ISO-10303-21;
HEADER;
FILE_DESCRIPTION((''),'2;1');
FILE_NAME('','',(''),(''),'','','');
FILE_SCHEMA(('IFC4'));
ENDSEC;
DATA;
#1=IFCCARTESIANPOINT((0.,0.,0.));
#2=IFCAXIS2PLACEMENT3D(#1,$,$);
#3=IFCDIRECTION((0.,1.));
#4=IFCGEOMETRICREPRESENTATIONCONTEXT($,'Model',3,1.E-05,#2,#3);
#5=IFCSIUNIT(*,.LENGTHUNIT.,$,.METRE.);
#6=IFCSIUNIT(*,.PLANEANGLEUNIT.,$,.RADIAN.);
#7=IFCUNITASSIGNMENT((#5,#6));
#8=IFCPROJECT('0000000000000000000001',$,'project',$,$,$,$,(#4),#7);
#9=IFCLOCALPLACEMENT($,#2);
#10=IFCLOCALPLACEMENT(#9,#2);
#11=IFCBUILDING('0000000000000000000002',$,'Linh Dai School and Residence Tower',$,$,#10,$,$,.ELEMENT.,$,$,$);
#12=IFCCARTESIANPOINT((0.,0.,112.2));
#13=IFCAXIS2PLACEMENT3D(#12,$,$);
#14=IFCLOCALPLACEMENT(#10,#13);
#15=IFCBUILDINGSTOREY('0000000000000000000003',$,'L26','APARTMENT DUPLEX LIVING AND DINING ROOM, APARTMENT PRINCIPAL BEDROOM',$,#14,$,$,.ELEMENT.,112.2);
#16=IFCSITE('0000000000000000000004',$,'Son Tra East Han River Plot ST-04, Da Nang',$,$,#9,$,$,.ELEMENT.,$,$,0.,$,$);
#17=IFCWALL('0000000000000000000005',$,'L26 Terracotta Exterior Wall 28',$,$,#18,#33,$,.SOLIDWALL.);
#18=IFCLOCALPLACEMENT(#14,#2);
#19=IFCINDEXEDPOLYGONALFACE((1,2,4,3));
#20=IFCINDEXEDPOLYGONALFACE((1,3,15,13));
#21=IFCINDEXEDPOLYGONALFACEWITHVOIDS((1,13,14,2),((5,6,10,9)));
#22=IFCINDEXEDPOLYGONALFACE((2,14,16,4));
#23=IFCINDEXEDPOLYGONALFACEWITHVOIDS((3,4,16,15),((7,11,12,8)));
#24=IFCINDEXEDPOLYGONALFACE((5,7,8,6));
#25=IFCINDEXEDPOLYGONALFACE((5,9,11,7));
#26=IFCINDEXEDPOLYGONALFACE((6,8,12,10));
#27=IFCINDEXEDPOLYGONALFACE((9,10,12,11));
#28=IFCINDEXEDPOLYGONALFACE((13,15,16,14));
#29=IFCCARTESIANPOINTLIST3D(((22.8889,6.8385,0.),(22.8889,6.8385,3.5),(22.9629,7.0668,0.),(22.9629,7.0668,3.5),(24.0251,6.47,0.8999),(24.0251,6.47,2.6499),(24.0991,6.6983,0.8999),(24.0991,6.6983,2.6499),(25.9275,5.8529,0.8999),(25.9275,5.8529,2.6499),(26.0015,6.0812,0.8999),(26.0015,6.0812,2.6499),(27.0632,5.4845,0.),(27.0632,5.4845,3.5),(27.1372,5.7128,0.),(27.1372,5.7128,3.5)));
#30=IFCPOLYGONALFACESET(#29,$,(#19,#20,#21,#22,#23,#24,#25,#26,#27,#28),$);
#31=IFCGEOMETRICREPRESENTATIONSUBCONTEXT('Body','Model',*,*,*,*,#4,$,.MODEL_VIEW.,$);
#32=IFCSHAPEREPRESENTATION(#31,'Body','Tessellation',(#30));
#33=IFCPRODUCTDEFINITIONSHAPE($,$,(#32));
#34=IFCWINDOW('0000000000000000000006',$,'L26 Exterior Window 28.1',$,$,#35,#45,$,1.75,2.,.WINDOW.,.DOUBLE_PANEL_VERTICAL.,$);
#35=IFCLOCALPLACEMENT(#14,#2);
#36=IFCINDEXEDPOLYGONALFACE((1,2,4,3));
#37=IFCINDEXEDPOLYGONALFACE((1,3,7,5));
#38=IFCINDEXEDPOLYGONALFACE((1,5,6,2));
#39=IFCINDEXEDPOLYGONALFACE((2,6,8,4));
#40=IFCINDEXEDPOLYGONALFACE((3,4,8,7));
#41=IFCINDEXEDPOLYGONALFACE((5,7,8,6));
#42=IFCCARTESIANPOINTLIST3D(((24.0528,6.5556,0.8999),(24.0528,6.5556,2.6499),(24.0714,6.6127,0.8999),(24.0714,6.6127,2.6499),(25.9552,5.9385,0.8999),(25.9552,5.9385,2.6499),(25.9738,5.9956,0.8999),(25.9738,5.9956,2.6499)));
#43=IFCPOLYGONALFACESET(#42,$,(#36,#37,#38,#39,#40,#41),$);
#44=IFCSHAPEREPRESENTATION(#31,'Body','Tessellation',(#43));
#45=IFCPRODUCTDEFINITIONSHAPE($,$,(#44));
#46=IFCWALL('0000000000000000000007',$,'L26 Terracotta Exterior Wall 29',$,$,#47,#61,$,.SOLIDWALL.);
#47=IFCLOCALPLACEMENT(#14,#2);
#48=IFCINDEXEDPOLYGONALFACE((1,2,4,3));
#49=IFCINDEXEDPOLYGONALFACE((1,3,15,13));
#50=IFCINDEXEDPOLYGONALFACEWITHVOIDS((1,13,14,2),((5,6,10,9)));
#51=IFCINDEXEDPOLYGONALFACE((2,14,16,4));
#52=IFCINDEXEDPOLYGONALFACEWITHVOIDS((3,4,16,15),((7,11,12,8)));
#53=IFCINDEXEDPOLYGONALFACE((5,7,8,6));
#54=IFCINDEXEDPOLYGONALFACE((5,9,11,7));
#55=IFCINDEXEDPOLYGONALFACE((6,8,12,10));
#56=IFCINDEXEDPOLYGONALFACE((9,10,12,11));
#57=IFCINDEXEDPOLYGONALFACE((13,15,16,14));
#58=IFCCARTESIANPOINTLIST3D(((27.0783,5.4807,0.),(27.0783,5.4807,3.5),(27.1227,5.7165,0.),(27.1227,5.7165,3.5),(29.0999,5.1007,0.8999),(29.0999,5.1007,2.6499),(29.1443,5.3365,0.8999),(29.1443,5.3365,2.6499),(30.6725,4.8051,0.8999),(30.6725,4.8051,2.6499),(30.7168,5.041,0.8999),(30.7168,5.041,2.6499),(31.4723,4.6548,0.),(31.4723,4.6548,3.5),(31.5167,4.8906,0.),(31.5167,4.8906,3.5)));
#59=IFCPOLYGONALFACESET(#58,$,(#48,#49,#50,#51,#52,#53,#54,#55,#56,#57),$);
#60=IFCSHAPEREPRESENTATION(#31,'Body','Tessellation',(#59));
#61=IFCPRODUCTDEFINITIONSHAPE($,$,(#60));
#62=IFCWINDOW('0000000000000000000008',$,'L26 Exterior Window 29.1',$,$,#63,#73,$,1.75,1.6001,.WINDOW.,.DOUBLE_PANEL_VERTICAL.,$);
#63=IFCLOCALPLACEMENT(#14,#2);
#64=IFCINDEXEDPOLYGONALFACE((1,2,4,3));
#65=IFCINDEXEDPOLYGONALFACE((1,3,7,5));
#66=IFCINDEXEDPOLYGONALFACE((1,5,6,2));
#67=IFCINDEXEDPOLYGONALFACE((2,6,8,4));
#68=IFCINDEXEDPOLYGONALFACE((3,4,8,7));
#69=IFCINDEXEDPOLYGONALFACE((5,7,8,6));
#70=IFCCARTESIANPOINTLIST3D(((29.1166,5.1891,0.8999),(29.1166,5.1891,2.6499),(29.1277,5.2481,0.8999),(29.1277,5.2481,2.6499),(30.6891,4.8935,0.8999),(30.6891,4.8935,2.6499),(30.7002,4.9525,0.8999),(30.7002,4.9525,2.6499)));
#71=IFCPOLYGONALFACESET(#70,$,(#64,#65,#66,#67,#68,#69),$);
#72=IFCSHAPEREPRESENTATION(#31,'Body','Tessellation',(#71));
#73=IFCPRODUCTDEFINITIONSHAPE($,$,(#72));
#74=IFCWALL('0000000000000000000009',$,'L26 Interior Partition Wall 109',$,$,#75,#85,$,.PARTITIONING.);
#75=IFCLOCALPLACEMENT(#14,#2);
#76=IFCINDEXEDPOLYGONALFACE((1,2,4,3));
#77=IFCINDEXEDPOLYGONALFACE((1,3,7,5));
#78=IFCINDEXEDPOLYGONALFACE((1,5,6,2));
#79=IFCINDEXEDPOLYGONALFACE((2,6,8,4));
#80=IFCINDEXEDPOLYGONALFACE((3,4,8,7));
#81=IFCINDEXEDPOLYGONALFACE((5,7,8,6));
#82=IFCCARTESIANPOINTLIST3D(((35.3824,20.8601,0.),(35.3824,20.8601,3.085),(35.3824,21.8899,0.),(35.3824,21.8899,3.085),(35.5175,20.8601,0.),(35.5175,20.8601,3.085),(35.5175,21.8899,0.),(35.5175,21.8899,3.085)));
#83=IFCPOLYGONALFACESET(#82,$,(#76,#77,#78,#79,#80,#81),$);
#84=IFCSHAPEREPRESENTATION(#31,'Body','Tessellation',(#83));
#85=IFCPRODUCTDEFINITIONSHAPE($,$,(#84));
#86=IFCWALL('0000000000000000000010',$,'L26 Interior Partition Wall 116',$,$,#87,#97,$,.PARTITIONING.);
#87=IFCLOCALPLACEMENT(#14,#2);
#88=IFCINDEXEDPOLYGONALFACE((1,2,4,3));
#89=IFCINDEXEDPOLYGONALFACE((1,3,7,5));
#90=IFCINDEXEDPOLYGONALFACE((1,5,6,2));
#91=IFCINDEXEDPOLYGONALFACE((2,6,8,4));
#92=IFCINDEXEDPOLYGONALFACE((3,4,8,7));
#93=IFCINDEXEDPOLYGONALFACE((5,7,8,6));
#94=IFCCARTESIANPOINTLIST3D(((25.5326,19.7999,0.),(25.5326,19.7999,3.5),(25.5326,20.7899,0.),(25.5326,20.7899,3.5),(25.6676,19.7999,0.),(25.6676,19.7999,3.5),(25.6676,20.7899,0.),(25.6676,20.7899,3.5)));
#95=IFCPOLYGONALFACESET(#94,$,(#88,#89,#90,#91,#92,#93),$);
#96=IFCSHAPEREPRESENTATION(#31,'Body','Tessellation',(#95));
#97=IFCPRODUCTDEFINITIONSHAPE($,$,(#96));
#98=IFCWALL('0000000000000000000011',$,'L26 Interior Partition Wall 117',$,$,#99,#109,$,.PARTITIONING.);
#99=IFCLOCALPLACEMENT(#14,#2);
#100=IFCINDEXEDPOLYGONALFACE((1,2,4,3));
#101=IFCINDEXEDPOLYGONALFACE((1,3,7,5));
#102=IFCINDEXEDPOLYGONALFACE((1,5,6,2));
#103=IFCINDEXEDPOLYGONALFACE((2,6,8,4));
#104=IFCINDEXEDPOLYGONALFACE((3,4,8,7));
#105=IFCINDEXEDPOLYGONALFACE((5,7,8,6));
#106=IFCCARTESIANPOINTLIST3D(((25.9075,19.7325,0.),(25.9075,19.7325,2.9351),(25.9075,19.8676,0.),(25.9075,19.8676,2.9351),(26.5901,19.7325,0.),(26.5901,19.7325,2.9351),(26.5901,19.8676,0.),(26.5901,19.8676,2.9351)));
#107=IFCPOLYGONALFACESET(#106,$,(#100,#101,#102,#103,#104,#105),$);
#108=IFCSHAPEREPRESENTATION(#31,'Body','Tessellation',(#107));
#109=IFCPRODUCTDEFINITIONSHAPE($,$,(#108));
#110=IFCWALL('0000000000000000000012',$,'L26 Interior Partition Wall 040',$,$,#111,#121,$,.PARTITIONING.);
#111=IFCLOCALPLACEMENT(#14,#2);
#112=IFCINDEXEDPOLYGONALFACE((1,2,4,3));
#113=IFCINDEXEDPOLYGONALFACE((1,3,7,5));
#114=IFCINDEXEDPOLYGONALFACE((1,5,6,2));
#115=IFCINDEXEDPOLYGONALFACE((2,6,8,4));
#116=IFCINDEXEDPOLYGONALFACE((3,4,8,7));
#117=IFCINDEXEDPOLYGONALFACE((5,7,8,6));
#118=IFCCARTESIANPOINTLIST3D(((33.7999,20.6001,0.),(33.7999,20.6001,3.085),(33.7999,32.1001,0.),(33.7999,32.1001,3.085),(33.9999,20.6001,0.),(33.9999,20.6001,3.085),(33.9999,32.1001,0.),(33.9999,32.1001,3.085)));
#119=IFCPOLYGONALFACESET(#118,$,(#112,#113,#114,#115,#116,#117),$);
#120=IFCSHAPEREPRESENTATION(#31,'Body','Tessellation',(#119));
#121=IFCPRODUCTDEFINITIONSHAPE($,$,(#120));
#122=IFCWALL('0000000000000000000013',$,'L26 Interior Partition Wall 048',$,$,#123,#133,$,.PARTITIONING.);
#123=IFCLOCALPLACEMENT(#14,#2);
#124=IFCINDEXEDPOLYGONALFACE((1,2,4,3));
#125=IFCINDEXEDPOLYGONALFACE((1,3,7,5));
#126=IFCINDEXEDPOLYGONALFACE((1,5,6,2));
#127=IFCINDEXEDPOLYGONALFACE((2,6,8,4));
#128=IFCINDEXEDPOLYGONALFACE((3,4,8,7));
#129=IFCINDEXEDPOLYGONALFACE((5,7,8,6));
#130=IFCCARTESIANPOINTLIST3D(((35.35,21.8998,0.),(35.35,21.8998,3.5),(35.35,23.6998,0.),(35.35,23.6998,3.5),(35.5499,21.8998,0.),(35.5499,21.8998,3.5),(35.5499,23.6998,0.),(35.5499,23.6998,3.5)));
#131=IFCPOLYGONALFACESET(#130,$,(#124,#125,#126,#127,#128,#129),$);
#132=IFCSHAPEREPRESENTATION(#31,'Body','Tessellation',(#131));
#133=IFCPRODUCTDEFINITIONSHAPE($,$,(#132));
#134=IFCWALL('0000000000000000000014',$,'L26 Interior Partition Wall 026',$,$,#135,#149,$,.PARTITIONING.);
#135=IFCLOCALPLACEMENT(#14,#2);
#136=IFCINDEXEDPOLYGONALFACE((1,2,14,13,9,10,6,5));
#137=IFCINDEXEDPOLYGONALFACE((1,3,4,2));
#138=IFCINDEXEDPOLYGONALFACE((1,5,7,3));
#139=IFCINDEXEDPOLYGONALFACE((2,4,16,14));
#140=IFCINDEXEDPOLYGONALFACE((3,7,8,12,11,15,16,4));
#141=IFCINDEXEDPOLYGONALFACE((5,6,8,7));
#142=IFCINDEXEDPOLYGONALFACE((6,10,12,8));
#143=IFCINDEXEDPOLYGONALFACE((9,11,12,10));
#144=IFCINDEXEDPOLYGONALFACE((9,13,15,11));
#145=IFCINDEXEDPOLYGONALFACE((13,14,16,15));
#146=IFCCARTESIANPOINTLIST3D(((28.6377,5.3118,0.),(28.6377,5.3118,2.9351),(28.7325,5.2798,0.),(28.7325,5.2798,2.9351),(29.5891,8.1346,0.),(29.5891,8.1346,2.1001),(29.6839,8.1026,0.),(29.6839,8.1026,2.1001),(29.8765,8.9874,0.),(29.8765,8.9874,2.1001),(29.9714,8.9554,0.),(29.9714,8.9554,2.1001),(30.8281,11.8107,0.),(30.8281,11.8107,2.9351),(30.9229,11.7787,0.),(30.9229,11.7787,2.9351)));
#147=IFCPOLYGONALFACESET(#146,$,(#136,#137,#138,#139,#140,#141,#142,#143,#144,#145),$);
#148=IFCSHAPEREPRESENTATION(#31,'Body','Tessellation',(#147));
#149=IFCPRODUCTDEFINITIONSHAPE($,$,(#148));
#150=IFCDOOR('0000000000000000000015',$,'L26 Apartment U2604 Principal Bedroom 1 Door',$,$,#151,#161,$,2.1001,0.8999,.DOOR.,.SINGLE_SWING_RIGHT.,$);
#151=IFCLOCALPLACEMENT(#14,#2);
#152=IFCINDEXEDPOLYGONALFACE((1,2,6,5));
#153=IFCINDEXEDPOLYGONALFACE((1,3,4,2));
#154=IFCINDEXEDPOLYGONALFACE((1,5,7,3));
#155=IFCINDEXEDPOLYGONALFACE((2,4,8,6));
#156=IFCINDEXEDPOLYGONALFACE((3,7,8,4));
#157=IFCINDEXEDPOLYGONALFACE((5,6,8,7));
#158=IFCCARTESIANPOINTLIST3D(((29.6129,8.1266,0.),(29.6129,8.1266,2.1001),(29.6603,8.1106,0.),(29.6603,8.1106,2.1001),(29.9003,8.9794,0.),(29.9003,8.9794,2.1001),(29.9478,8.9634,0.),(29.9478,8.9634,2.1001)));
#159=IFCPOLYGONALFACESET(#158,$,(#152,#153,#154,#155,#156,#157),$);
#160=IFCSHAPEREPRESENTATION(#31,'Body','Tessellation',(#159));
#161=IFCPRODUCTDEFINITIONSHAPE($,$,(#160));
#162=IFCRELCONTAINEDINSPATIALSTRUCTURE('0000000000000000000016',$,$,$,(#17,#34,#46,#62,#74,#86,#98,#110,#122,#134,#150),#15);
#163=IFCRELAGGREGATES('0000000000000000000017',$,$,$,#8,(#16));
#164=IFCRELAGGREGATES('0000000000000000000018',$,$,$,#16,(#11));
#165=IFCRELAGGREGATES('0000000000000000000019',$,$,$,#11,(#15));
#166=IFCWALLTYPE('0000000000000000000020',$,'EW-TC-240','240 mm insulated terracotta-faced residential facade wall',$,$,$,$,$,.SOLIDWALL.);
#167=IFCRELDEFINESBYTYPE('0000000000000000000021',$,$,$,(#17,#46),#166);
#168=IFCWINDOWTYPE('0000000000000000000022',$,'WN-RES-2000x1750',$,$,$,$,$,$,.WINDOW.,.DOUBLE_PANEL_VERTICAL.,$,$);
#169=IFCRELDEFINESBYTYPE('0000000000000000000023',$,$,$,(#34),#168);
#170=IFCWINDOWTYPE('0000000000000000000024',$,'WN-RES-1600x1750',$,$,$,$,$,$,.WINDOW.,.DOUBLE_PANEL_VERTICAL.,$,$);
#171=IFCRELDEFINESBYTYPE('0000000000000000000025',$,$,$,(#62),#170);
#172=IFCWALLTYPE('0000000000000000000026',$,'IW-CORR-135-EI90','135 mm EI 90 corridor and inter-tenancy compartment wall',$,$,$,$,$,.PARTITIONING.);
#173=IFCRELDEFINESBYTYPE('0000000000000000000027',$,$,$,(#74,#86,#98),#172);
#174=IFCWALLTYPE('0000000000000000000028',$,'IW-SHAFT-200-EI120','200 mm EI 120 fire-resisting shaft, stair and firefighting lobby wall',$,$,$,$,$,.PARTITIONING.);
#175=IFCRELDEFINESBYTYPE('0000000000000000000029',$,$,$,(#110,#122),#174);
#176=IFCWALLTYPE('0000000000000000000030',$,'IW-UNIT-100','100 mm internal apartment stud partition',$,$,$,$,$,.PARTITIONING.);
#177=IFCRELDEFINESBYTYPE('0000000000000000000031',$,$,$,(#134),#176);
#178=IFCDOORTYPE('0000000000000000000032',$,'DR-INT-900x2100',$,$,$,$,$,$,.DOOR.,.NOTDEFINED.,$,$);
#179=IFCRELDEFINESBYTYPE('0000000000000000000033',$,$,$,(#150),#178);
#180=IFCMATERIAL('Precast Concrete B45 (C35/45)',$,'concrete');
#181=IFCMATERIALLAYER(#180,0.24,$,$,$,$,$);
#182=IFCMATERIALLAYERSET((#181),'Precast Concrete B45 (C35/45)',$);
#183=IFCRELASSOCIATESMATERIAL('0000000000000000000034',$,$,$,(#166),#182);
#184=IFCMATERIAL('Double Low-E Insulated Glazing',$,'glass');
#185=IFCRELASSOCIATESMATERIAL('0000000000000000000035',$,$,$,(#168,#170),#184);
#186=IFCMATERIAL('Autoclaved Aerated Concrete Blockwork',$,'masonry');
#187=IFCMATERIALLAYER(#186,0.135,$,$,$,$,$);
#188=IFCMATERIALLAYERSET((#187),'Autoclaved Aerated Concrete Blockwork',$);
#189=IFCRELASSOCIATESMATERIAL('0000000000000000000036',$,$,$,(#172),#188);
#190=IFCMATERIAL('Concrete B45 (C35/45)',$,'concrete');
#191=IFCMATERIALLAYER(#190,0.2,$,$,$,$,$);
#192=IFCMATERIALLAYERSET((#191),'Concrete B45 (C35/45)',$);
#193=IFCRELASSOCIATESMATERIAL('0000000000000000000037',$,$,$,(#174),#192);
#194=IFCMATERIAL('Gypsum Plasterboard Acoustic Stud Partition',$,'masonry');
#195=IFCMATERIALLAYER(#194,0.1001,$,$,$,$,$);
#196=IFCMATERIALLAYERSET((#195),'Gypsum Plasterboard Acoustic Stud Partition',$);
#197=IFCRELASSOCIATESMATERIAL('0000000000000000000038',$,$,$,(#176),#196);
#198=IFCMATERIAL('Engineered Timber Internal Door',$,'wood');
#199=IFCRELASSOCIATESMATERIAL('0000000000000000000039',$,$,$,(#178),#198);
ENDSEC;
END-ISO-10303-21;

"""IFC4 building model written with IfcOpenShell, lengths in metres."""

from ifc_helpers import new_model, si_unit, direction, frame, frame_2d, origin, origin_2d, place, context, subcontext, project, spatial, rectangle, extrude, source, transform, mapped, material, layer, layer_set, type_object, element, fill, save


model = new_model("IFC4")

# Units and contexts
model_context = context("Model", 3, precision=1e-05, world=origin(), true_north=direction((0.0, 1.0)))
body_context = subcontext(model_context, "Body", "Model", "MODEL_VIEW")
ifc_project = project(units=[si_unit("LENGTHUNIT", "METRE"), si_unit("PLANEANGLEUNIT", "RADIAN")], contexts=[model_context])

# Site, building, storey
site_placement = place(None, origin())
site = spatial("IfcSite", under=ifc_project, at=site_placement, Name="Son Tra East Han River Plot ST-04, Da Nang", CompositionType="ELEMENT", RefElevation=0.0)
building_placement = place(site_placement, origin())
building = spatial("IfcBuilding", under=site, at=building_placement, Name="Linh Dai School and Residence Tower", CompositionType="ELEMENT")
storey_placement = place(building_placement, frame((0.0, 0.0, 112.2)))
storey = spatial("IfcBuildingStorey", under=building, at=storey_placement, Name="L26", Description="APARTMENT DUPLEX LIVING AND DINING ROOM, APARTMENT PRINCIPAL BEDROOM", CompositionType="ELEMENT", Elevation=112.2)

# Shared definitions
ifc_material_1 = material(Name="Precast Concrete B45 (C35/45)", Category="concrete")

# Walls, openings, windows
ifc_layer_1 = layer(ifc_material_1, 0.24)
ifc_layer_set_1 = layer_set([ifc_layer_1], Name="Precast Concrete B45 (C35/45)")
wall_type_1 = type_object("IfcWallType", Name="EW-TC-240", Description="240 mm insulated terracotta-faced residential facade wall", PredefinedType="SOLIDWALL", material=ifc_layer_set_1)
wall_1_placement = place(storey_placement, frame((27.1003, 5.5986, 0.0), z_axis=(0.0, 0.0, 1.0), x_axis=(-0.951211, 0.30854, 0.0)))
wall_1 = element("IfcWall", 1, at=wall_1_placement, inside=storey, type_object=wall_type_1, Name="L26 Terracotta Exterior Wall 28", PredefinedType="SOLIDWALL", context=body_context, shape_type="SweptSolid", body=[
    extrude(rectangle(XDim=4.3884, YDim=0.24, at=frame_2d((2.1943, 0.0))), origin(), (0.0, 0.0, 1.0), 3.5),
])
opening_1_placement = place(wall_1_placement, frame((1.1941, 0.0, 0.8999)))
opening_1 = element("IfcOpeningElement", 2, at=opening_1_placement, cuts=wall_1, PredefinedType="OPENING", context=body_context, shape_type="SweptSolid", body=[
    extrude(rectangle(XDim=2.0, YDim=1.75, at=origin_2d()), frame((1.0, 0.1299, 0.875), z_axis=(0.0, -1.0, 0.0), x_axis=(1.0, 0.0, 0.0)), (0.0, 0.0, 1.0), 0.26),
])
ifc_material_2 = material(Name="Double Low-E Insulated Glazing", Category="glass")
window_type_1 = type_object("IfcWindowType", Name="WN-RES-2000x1750", PartitioningType="DOUBLE_PANEL_VERTICAL", PredefinedType="WINDOW", material=ifc_material_2)
shared_shape_1 = source(origin(), body_context, "Body", "SweptSolid", [
    extrude(rectangle(XDim=2.0, YDim=1.75, at=origin_2d()), frame((1.0, 0.03, 0.875), z_axis=(0.0, -1.0, 0.0), x_axis=(1.0, 0.0, 0.0)), (0.0, 0.0, 1.0), 0.0601),
])
window_1_placement = place(opening_1_placement, origin())
window_1 = element("IfcWindow", 3, at=window_1_placement, inside=storey, type_object=window_type_1, Name="L26 Exterior Window 28.1", OverallHeight=1.75, OverallWidth=2.0, PartitioningType="DOUBLE_PANEL_VERTICAL", PredefinedType="WINDOW", context=body_context, shape_type="MappedRepresentation", body=[
    mapped(shared_shape_1, transform((0.0, 0.0, 0.0), x_axis=(1.0, 0.0, 0.0), y_axis=(0.0, 1.0, 0.0), z_axis=(0.0, 0.0, 1.0), scale=1.0)),
])
fill(opening_1, window_1)
wall_2_placement = place(storey_placement, frame((31.4944, 4.7727, 0.0), z_axis=(0.0, 0.0, 1.0), x_axis=(-0.982789, 0.18473, 0.0)))
wall_2 = element("IfcWall", 4, at=wall_2_placement, inside=storey, type_object=wall_type_1, Name="L26 Terracotta Exterior Wall 29", PredefinedType="SOLIDWALL", context=body_context, shape_type="SweptSolid", body=[
    extrude(rectangle(XDim=4.4709, YDim=0.24, at=frame_2d((2.2354, 0.0))), origin(), (0.0, 0.0, 1.0), 3.5),
])
opening_2_placement = place(wall_2_placement, frame((0.8137, 0.0, 0.8999)))
opening_2 = element("IfcOpeningElement", 5, at=opening_2_placement, cuts=wall_2, PredefinedType="OPENING", context=body_context, shape_type="SweptSolid", body=[
    extrude(rectangle(XDim=1.6001, YDim=1.75, at=origin_2d()), frame((0.8, 0.1299, 0.875), z_axis=(0.0, -1.0, 0.0), x_axis=(1.0, 0.0, 0.0)), (0.0, 0.0, 1.0), 0.26),
])
window_type_2 = type_object("IfcWindowType", Name="WN-RES-1600x1750", PartitioningType="DOUBLE_PANEL_VERTICAL", PredefinedType="WINDOW", material=ifc_material_2)
shared_shape_2 = source(origin(), body_context, "Body", "SweptSolid", [
    extrude(rectangle(XDim=1.6001, YDim=1.75, at=origin_2d()), frame((0.8, 0.03, 0.875), z_axis=(0.0, -1.0, 0.0), x_axis=(1.0, 0.0, 0.0)), (0.0, 0.0, 1.0), 0.0601),
])
window_2_placement = place(opening_2_placement, origin())
window_2 = element("IfcWindow", 6, at=window_2_placement, inside=storey, type_object=window_type_2, Name="L26 Exterior Window 29.1", OverallHeight=1.75, OverallWidth=1.6001, PartitioningType="DOUBLE_PANEL_VERTICAL", PredefinedType="WINDOW", context=body_context, shape_type="MappedRepresentation", body=[
    mapped(shared_shape_2, transform((0.0, 0.0, 0.0), x_axis=(1.0, 0.0, 0.0), y_axis=(0.0, 1.0, 0.0), z_axis=(0.0, 0.0, 1.0), scale=1.0)),
])
fill(opening_2, window_2)

# Walls
ifc_material_3 = material(Name="Autoclaved Aerated Concrete Blockwork", Category="masonry")
ifc_layer_2 = layer(ifc_material_3, 0.135)
ifc_layer_set_2 = layer_set([ifc_layer_2], Name="Autoclaved Aerated Concrete Blockwork")
wall_type_2 = type_object("IfcWallType", Name="IW-CORR-135-EI90", Description="135 mm EI 90 corridor and inter-tenancy compartment wall", PredefinedType="PARTITIONING", material=ifc_layer_set_2)
wall_3_placement = place(storey_placement, frame((35.45, 21.8899, 0.0), z_axis=(0.0, 0.0, 1.0), x_axis=(0.0, -1.0, 0.0)))
element("IfcWall", 7, at=wall_3_placement, inside=storey, type_object=wall_type_2, Name="L26 Interior Partition Wall 109", PredefinedType="PARTITIONING", context=body_context, shape_type="SweptSolid", body=[
    extrude(rectangle(XDim=1.0298, YDim=0.135, at=frame_2d((0.5149, 0.0))), origin(), (0.0, 0.0, 1.0), 3.085),
])
wall_4_placement = place(storey_placement, frame((25.6001, 20.79, 0.0), z_axis=(0.0, 0.0, 1.0), x_axis=(0.0, -1.0, 0.0)))
element("IfcWall", 8, at=wall_4_placement, inside=storey, type_object=wall_type_2, Name="L26 Interior Partition Wall 116", PredefinedType="PARTITIONING", context=body_context, shape_type="SweptSolid", body=[
    extrude(rectangle(XDim=0.99, YDim=0.135, at=frame_2d((0.4951, 0.0))), origin(), (0.0, 0.0, 1.0), 3.5),
])
wall_5_placement = place(storey_placement, frame((25.9075, 19.8, 0.0), z_axis=(0.0, 0.0, 1.0), x_axis=(1.0, 0.0, 0.0)))
element("IfcWall", 9, at=wall_5_placement, inside=storey, type_object=wall_type_2, Name="L26 Interior Partition Wall 117", PredefinedType="PARTITIONING", context=body_context, shape_type="SweptSolid", body=[
    extrude(rectangle(XDim=0.6826, YDim=0.135, at=frame_2d((0.3413, 0.0))), origin(), (0.0, 0.0, 1.0), 2.9351),
])
ifc_material_4 = material(Name="Concrete B45 (C35/45)", Category="concrete")
ifc_layer_3 = layer(ifc_material_4, 0.2)
ifc_layer_set_3 = layer_set([ifc_layer_3], Name="Concrete B45 (C35/45)")
wall_type_3 = type_object("IfcWallType", Name="IW-SHAFT-200-EI120", Description="200 mm EI 120 fire-resisting shaft, stair and firefighting lobby wall", PredefinedType="PARTITIONING", material=ifc_layer_set_3)
wall_6_placement = place(storey_placement, frame((33.8999, 20.6001, 0.0), z_axis=(0.0, 0.0, 1.0), x_axis=(0.0, 1.0, 0.0)))
element("IfcWall", 10, at=wall_6_placement, inside=storey, type_object=wall_type_3, Name="L26 Interior Partition Wall 040", PredefinedType="PARTITIONING", context=body_context, shape_type="SweptSolid", body=[
    extrude(rectangle(XDim=11.5, YDim=0.2, at=frame_2d((5.75, 0.0))), origin(), (0.0, 0.0, 1.0), 3.085),
])
wall_7_placement = place(storey_placement, frame((35.45, 21.8999, 0.0), z_axis=(0.0, 0.0, 1.0), x_axis=(0.0, 1.0, 0.0)))
element("IfcWall", 11, at=wall_7_placement, inside=storey, type_object=wall_type_3, Name="L26 Interior Partition Wall 048", PredefinedType="PARTITIONING", context=body_context, shape_type="SweptSolid", body=[
    extrude(rectangle(XDim=1.8, YDim=0.2, at=frame_2d((0.8999, 0.0))), origin(), (0.0, 0.0, 1.0), 3.5),
])

# Wall, opening, door
ifc_material_5 = material(Name="Gypsum Plasterboard Acoustic Stud Partition", Category="masonry")
ifc_layer_4 = layer(ifc_material_5, 0.1001)
ifc_layer_set_4 = layer_set([ifc_layer_4], Name="Gypsum Plasterboard Acoustic Stud Partition")
wall_type_4 = type_object("IfcWallType", Name="IW-UNIT-100", Description="100 mm internal apartment stud partition", PredefinedType="PARTITIONING", material=ifc_layer_set_4)
wall_8_placement = place(storey_placement, frame((28.6851, 5.2957, 0.0), z_axis=(0.0, 0.0, 1.0), x_axis=(0.319387, 0.947624, 0.0)))
wall_8 = element("IfcWall", 12, at=wall_8_placement, inside=storey, type_object=wall_type_4, Name="L26 Interior Partition Wall 026", PredefinedType="PARTITIONING", context=body_context, shape_type="SweptSolid", body=[
    extrude(rectangle(XDim=6.8582, YDim=0.1001, at=frame_2d((3.4292, 0.0))), origin(), (0.0, 0.0, 1.0), 2.9351),
])
opening_3_placement = place(wall_8_placement, frame((2.979, 0.0, 0.0)))
opening_3 = element("IfcOpeningElement", 13, at=opening_3_placement, cuts=wall_8, PredefinedType="OPENING", context=body_context, shape_type="SweptSolid", body=[
    extrude(rectangle(XDim=0.8999, YDim=2.1001, at=origin_2d()), frame((0.45, 0.0601, 1.05), z_axis=(0.0, -1.0, 0.0), x_axis=(1.0, 0.0, 0.0)), (0.0, 0.0, 1.0), 0.1201),
])
ifc_material_6 = material(Name="Engineered Timber Internal Door", Category="wood")
door_type_1 = type_object("IfcDoorType", Name="DR-INT-900x2100", OperationType="NOTDEFINED", PredefinedType="DOOR", material=ifc_material_6)
shared_shape_3 = source(origin(), body_context, "Body", "SweptSolid", [
    extrude(rectangle(XDim=0.8999, YDim=2.1001, at=origin_2d()), frame((0.45, 0.0249, 1.05), z_axis=(0.0, -1.0, 0.0), x_axis=(1.0, 0.0, 0.0)), (0.0, 0.0, 1.0), 0.05),
])
door_1_placement = place(opening_3_placement, origin())
door_1 = element("IfcDoor", 14, at=door_1_placement, inside=storey, type_object=door_type_1, Name="L26 Apartment U2604 Principal Bedroom 1 Door", OperationType="SINGLE_SWING_RIGHT", OverallHeight=2.1001, OverallWidth=0.8999, PredefinedType="DOOR", context=body_context, shape_type="MappedRepresentation", body=[
    mapped(shared_shape_3, transform((0.0, 0.0, 0.0), x_axis=(1.0, 0.0, 0.0), y_axis=(0.0, 1.0, 0.0), z_axis=(0.0, 0.0, 1.0), scale=1.0)),
])
fill(opening_3, door_1)

save(model, "model.ifc")
